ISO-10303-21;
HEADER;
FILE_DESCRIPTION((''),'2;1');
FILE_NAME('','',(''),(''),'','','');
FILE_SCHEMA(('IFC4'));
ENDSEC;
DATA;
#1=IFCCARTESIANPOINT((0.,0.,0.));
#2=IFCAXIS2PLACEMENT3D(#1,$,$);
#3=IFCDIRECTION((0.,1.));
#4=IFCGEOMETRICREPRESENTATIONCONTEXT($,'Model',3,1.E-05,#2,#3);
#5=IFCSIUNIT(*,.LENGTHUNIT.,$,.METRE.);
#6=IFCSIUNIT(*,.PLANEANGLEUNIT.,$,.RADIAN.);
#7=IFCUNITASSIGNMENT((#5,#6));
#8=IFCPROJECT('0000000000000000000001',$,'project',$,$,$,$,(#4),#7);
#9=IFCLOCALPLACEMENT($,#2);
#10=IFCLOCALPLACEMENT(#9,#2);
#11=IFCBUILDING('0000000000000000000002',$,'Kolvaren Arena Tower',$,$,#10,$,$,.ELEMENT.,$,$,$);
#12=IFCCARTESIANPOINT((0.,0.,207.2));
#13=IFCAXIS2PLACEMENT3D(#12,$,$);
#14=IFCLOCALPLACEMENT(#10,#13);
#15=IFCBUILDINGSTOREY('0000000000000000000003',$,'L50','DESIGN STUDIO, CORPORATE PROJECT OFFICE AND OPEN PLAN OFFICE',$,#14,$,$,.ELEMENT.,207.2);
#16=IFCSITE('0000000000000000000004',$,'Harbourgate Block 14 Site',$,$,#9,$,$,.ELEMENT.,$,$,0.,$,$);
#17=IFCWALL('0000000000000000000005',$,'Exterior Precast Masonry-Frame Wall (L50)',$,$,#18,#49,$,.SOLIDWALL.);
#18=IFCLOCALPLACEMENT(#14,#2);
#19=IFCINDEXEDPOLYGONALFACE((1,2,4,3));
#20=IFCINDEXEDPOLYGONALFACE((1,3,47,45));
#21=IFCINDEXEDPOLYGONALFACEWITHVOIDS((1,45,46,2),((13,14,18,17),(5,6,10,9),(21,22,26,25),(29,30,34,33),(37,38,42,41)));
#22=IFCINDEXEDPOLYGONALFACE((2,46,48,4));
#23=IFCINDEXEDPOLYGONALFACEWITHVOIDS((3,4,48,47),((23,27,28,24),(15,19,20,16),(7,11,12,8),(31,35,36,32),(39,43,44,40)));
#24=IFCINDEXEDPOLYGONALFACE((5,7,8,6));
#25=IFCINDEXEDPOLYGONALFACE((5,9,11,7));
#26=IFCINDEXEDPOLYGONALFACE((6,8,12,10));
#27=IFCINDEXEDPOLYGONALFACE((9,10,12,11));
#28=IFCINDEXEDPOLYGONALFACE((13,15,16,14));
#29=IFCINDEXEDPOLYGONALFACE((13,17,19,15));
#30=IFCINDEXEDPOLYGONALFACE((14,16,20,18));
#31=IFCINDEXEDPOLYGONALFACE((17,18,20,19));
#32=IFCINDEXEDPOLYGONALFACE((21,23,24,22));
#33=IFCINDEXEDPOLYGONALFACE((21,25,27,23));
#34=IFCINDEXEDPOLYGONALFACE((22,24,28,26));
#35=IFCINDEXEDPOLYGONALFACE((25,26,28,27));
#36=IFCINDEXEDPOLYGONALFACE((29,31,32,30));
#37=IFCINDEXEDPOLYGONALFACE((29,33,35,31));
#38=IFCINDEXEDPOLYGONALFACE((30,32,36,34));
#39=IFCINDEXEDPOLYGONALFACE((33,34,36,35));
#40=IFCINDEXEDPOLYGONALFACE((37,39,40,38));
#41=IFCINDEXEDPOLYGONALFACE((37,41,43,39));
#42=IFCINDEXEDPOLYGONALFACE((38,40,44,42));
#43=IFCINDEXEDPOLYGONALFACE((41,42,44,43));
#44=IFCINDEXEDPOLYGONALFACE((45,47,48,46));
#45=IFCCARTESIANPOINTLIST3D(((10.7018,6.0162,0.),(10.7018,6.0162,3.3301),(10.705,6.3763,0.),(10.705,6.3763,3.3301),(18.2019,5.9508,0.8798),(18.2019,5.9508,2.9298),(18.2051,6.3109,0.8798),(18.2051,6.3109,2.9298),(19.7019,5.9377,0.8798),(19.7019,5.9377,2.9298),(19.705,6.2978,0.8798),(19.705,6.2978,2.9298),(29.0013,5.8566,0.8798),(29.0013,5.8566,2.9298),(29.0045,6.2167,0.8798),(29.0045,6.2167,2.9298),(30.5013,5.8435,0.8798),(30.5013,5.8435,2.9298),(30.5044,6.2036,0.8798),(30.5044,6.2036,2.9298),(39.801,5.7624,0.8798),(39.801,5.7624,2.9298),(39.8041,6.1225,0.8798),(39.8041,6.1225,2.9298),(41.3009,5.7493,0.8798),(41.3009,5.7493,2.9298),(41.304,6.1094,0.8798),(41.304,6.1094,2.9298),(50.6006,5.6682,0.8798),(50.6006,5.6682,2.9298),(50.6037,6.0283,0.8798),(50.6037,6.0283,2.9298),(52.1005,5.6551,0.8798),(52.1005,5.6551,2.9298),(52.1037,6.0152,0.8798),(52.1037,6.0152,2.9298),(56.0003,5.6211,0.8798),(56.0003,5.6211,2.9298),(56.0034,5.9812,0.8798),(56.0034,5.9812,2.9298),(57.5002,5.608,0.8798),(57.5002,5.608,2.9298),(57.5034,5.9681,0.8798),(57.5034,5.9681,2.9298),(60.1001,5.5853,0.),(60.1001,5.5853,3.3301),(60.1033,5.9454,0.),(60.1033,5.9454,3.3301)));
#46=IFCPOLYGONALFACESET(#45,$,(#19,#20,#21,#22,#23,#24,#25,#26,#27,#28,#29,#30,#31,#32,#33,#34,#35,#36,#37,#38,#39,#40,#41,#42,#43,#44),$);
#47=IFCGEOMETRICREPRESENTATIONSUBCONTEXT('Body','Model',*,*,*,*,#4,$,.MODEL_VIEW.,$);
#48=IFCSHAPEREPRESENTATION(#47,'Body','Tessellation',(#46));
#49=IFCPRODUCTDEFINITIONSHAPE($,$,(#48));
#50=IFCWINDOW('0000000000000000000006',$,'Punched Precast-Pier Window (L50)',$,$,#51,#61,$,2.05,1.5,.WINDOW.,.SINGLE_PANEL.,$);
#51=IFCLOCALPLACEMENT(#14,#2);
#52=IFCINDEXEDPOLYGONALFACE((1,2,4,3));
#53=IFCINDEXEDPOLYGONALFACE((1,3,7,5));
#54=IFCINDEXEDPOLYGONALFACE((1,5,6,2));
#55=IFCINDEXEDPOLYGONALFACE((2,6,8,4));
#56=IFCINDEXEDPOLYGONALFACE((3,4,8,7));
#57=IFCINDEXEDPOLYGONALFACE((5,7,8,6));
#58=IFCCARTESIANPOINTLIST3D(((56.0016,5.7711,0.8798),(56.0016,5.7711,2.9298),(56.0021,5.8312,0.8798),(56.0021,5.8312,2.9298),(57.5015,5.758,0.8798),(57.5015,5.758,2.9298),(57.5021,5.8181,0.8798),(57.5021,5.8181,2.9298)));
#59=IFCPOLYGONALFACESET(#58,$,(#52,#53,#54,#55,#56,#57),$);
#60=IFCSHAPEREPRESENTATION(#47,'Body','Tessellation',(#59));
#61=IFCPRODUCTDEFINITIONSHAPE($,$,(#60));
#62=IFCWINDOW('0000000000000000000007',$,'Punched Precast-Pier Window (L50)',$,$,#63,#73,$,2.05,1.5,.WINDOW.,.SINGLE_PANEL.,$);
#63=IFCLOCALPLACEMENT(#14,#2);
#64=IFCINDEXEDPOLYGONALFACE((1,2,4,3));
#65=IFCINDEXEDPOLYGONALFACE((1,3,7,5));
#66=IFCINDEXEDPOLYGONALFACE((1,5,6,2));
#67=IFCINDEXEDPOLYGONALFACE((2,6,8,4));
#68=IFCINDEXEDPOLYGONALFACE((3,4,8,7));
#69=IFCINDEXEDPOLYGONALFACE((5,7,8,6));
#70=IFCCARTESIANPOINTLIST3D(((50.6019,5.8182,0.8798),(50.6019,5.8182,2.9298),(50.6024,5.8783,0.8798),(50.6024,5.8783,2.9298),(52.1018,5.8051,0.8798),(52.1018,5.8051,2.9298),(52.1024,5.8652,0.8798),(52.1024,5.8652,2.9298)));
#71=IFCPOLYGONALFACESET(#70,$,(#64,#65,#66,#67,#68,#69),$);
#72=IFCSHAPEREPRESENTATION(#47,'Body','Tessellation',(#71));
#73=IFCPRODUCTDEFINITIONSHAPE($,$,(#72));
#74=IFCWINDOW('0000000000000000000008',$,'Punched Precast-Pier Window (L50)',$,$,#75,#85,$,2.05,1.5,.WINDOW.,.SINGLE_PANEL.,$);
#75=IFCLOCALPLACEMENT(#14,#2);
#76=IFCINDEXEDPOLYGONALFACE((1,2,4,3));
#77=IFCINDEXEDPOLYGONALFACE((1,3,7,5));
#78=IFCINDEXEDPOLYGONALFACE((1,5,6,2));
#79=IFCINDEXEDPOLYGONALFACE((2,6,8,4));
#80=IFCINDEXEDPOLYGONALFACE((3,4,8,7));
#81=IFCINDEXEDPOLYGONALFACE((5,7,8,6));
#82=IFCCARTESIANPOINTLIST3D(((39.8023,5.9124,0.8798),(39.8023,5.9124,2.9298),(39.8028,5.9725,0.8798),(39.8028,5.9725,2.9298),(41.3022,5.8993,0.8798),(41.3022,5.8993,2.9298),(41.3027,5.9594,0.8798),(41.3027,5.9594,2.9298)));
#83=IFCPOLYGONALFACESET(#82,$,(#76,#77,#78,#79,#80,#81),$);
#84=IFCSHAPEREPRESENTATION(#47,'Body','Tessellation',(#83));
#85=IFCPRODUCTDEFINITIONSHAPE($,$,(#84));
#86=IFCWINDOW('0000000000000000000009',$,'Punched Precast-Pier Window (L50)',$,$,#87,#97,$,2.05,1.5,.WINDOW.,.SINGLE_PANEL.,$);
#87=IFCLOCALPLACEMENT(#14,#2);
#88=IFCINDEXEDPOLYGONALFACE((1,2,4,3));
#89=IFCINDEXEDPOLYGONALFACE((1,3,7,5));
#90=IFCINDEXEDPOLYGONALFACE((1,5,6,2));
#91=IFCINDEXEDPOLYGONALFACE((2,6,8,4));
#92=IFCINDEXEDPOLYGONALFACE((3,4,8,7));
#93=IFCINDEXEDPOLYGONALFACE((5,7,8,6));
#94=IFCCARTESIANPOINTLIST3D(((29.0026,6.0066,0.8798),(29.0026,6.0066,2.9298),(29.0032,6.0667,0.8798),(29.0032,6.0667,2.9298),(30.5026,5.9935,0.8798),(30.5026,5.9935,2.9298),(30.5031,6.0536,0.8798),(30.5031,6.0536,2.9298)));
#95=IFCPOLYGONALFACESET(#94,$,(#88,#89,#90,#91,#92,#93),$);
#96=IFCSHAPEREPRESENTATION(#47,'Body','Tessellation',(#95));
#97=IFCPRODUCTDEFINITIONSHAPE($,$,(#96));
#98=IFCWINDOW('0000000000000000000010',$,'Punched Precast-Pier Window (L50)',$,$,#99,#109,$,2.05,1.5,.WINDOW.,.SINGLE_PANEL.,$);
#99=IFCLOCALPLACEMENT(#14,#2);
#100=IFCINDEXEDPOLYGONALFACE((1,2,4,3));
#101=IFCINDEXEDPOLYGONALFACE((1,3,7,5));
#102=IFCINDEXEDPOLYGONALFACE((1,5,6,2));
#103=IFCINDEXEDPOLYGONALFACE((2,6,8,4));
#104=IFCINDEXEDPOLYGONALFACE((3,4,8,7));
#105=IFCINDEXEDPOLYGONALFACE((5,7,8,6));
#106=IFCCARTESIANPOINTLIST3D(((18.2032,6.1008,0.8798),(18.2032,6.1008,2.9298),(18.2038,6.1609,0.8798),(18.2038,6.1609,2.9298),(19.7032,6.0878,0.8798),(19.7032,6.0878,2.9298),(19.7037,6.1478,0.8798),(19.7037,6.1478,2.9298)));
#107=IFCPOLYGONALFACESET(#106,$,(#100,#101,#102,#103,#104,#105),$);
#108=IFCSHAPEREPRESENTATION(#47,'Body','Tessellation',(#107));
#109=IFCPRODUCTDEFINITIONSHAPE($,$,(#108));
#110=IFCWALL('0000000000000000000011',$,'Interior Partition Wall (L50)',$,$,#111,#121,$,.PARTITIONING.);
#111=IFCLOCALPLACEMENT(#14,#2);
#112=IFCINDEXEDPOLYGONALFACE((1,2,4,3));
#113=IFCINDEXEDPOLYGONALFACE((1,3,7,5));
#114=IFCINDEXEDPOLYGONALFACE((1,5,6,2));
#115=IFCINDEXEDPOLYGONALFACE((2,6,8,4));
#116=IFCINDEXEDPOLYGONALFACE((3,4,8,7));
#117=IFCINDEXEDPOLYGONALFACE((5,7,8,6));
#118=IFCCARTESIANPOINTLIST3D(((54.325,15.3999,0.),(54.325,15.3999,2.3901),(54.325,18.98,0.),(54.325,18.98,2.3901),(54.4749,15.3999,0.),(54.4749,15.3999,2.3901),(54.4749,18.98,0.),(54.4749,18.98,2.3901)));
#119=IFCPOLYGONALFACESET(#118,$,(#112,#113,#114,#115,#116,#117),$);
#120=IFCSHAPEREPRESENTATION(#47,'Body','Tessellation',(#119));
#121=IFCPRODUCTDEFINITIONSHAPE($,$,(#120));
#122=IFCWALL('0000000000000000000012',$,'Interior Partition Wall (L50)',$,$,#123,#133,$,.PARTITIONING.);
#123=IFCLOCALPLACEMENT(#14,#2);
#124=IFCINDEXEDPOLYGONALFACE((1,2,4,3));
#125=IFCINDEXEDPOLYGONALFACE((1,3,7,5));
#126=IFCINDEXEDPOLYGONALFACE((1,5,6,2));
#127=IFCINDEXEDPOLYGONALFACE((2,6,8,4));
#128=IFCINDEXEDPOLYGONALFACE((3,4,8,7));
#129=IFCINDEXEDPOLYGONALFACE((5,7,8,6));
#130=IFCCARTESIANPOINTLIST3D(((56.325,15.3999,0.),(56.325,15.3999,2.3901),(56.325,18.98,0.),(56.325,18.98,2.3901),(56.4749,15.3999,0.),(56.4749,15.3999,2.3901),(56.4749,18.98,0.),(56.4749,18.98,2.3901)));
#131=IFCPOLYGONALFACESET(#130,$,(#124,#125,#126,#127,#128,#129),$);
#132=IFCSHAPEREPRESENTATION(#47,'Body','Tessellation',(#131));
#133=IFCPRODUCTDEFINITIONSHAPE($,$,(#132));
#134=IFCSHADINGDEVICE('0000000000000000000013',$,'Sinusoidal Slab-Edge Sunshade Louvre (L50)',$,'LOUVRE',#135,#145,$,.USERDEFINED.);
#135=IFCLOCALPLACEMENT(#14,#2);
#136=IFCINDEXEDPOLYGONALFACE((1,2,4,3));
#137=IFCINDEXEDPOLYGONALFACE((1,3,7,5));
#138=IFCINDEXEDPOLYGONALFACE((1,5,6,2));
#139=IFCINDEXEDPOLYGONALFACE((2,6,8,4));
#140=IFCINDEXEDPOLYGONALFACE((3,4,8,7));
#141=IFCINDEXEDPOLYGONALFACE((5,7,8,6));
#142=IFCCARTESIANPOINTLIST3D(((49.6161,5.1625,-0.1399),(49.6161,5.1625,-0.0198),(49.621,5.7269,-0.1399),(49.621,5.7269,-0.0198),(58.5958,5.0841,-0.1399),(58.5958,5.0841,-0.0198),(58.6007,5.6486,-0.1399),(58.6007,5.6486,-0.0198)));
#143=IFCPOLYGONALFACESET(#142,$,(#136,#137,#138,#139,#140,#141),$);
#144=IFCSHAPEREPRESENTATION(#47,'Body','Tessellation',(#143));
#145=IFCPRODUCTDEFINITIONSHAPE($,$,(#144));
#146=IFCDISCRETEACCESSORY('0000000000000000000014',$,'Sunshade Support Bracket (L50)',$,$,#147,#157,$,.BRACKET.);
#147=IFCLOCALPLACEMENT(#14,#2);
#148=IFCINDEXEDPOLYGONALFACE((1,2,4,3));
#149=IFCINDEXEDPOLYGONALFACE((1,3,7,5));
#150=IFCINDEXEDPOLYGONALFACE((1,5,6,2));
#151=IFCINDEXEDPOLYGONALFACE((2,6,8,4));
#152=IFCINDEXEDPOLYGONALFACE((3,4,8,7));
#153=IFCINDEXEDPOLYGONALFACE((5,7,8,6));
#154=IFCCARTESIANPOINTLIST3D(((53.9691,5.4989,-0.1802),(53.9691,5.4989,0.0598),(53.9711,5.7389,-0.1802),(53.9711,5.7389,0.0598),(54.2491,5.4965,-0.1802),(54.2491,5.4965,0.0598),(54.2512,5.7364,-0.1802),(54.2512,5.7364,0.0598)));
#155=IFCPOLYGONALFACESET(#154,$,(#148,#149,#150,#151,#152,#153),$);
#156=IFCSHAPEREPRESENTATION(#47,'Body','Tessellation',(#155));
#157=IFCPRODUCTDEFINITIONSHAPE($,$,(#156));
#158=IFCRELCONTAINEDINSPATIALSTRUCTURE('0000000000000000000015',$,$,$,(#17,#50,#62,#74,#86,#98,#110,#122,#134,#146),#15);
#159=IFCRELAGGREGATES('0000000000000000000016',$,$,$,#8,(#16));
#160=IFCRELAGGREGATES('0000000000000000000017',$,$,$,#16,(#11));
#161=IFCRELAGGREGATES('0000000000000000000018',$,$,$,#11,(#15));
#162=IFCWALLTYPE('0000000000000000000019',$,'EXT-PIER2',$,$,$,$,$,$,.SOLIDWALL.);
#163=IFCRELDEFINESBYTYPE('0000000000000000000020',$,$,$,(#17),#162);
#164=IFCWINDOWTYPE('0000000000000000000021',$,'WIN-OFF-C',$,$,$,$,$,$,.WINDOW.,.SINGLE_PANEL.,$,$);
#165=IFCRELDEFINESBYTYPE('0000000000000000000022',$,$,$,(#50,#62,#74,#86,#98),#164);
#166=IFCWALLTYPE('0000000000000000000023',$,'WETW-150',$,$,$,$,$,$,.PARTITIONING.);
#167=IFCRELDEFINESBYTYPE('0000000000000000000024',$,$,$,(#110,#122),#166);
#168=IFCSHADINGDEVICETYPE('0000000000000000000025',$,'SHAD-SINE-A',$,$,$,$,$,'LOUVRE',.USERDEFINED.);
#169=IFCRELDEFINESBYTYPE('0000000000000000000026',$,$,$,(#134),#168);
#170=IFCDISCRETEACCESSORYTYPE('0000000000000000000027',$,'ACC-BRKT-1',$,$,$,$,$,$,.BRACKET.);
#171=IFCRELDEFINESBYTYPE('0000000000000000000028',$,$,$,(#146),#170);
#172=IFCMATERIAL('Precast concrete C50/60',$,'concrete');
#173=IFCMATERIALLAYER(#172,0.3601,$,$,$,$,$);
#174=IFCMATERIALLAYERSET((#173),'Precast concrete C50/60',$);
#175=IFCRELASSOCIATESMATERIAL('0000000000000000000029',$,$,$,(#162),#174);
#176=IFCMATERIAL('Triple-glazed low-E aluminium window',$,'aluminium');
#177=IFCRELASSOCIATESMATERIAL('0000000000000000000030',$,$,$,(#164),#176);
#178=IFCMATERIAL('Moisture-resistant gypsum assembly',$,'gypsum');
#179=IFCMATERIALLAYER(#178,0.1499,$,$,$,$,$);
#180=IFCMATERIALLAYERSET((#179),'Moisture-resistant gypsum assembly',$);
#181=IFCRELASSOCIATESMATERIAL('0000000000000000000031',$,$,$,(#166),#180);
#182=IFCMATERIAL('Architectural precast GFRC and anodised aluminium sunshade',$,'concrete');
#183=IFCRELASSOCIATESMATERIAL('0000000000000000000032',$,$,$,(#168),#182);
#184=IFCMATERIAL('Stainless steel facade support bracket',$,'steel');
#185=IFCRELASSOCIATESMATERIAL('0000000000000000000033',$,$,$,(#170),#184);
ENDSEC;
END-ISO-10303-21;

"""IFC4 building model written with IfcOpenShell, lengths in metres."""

from ifc_helpers import new_model, si_unit, direction, frame, frame_2d, origin, origin_2d, place, context, subcontext, project, spatial, rectangle, extrude, material, layer, layer_set, type_object, element, fill, save


model = new_model("IFC4")

# Units and contexts
model_context = context("Model", 3, precision=1e-05, world=origin(), true_north=direction((0.0, 1.0)))
body_context = subcontext(model_context, "Body", "Model", "MODEL_VIEW")
ifc_project = project(units=[si_unit("LENGTHUNIT", "METRE"), si_unit("PLANEANGLEUNIT", "RADIAN")], contexts=[model_context])

# Site, building, storey
site_placement = place(None, origin())
site = spatial("IfcSite", under=ifc_project, at=site_placement, Name="Harbourgate Block 14 Site", CompositionType="ELEMENT", RefElevation=0.0)
building_placement = place(site_placement, origin())
building = spatial("IfcBuilding", under=site, at=building_placement, Name="Kolvaren Arena Tower", CompositionType="ELEMENT")
storey_placement = place(building_placement, frame((0.0, 0.0, 207.2)))
storey = spatial("IfcBuildingStorey", under=building, at=storey_placement, Name="L50", Description="DESIGN STUDIO, CORPORATE PROJECT OFFICE AND OPEN PLAN OFFICE", CompositionType="ELEMENT", Elevation=207.2)

# Shared definitions
ifc_material_1 = material(Name="Precast concrete C50/60", Category="concrete")
ifc_layer_1 = layer(ifc_material_1, 0.3601)
ifc_layer_set_1 = layer_set([ifc_layer_1], Name="Precast concrete C50/60")
wall_type_1 = type_object("IfcWallType", Name="EXT-PIER2", PredefinedType="SOLIDWALL", material=ifc_layer_set_1)

# Wall, openings, windows
wall_1_placement = place(storey_placement, frame((60.1018, 5.7654, 0.0), z_axis=(0.0, 0.0, 1.0), x_axis=(-0.999962, 0.008723, 0.0)))
wall_1 = element("IfcWall", 1, at=wall_1_placement, inside=storey, type_object=wall_type_1, Name="Exterior Precast Masonry-Frame Wall (L50)", PredefinedType="SOLIDWALL", context=body_context, shape_type="SweptSolid", body=[
    extrude(rectangle(XDim=49.4001, YDim=0.3601, at=frame_2d((24.7002, 0.0))), origin(), (0.0, 0.0, 1.0), 3.3301),
])
opening_1_placement = place(wall_1_placement, frame((2.6001, 0.0, 0.8799)))
opening_1 = element("IfcOpeningElement", 2, at=opening_1_placement, cuts=wall_1, PredefinedType="OPENING", context=body_context, shape_type="SweptSolid", body=[
    extrude(rectangle(XDim=1.5, YDim=2.05, at=frame_2d((0.75, 1.0249))), frame((0.0, 0.1899, 0.0), z_axis=(0.0, -1.0, 0.0), x_axis=(1.0, 0.0, 0.0)), (0.0, 0.0, 1.0), 0.3801),
])
opening_2_placement = place(wall_1_placement, frame((8.0, 0.0, 0.8799)))
opening_2 = element("IfcOpeningElement", 3, at=opening_2_placement, cuts=wall_1, PredefinedType="OPENING", context=body_context, shape_type="SweptSolid", body=[
    extrude(rectangle(XDim=1.5, YDim=2.05, at=frame_2d((0.75, 1.0249))), frame((0.0, 0.1899, 0.0), z_axis=(0.0, -1.0, 0.0), x_axis=(1.0, 0.0, 0.0)), (0.0, 0.0, 1.0), 0.3801),
])
opening_3_placement = place(wall_1_placement, frame((18.8, 0.0, 0.8799)))
opening_3 = element("IfcOpeningElement", 4, at=opening_3_placement, cuts=wall_1, PredefinedType="OPENING", context=body_context, shape_type="SweptSolid", body=[
    extrude(rectangle(XDim=1.5, YDim=2.05, at=frame_2d((0.75, 1.0249))), frame((0.0, 0.1899, 0.0), z_axis=(0.0, -1.0, 0.0), x_axis=(1.0, 0.0, 0.0)), (0.0, 0.0, 1.0), 0.3801),
])
opening_4_placement = place(wall_1_placement, frame((29.6001, 0.0, 0.8799)))
opening_4 = element("IfcOpeningElement", 5, at=opening_4_placement, cuts=wall_1, PredefinedType="OPENING", context=body_context, shape_type="SweptSolid", body=[
    extrude(rectangle(XDim=1.5, YDim=2.05, at=frame_2d((0.75, 1.0249))), frame((0.0, 0.1899, 0.0), z_axis=(0.0, -1.0, 0.0), x_axis=(1.0, 0.0, 0.0)), (0.0, 0.0, 1.0), 0.3801),
])
opening_5_placement = place(wall_1_placement, frame((40.3999, 0.0, 0.8799)))
opening_5 = element("IfcOpeningElement", 6, at=opening_5_placement, cuts=wall_1, PredefinedType="OPENING", context=body_context, shape_type="SweptSolid", body=[
    extrude(rectangle(XDim=1.5, YDim=2.05, at=frame_2d((0.75, 1.0249))), frame((0.0, 0.1899, 0.0), z_axis=(0.0, -1.0, 0.0), x_axis=(1.0, 0.0, 0.0)), (0.0, 0.0, 1.0), 0.3801),
])
ifc_material_2 = material(Name="Triple-glazed low-E aluminium window", Category="aluminium")
window_type = type_object("IfcWindowType", Name="WIN-OFF-C", PartitioningType="SINGLE_PANEL", PredefinedType="WINDOW", material=ifc_material_2)
window_1_placement = place(opening_1_placement, origin())
window_1 = element("IfcWindow", 7, at=window_1_placement, inside=storey, type_object=window_type, Name="Punched Precast-Pier Window (L50)", OverallHeight=2.05, OverallWidth=1.5, PartitioningType="SINGLE_PANEL", PredefinedType="WINDOW", context=body_context, shape_type="SweptSolid", body=[
    extrude(rectangle(XDim=1.5, YDim=2.05, at=frame_2d((0.75, 1.0249))), frame((0.0, 0.03, 0.0), z_axis=(0.0, -1.0, 0.0), x_axis=(1.0, 0.0, 0.0)), (0.0, 0.0, 1.0), 0.0601),
])
fill(opening_1, window_1)
window_2_placement = place(opening_2_placement, origin())
window_2 = element("IfcWindow", 8, at=window_2_placement, inside=storey, type_object=window_type, Name="Punched Precast-Pier Window (L50)", OverallHeight=2.05, OverallWidth=1.5, PartitioningType="SINGLE_PANEL", PredefinedType="WINDOW", context=body_context, shape_type="SweptSolid", body=[
    extrude(rectangle(XDim=1.5, YDim=2.05, at=frame_2d((0.75, 1.0249))), frame((0.0, 0.03, 0.0), z_axis=(0.0, -1.0, 0.0), x_axis=(1.0, 0.0, 0.0)), (0.0, 0.0, 1.0), 0.0601),
])
fill(opening_2, window_2)
window_3_placement = place(opening_3_placement, origin())
window_3 = element("IfcWindow", 9, at=window_3_placement, inside=storey, type_object=window_type, Name="Punched Precast-Pier Window (L50)", OverallHeight=2.05, OverallWidth=1.5, PartitioningType="SINGLE_PANEL", PredefinedType="WINDOW", context=body_context, shape_type="SweptSolid", body=[
    extrude(rectangle(XDim=1.5, YDim=2.05, at=frame_2d((0.75, 1.0249))), frame((0.0, 0.03, 0.0), z_axis=(0.0, -1.0, 0.0), x_axis=(1.0, 0.0, 0.0)), (0.0, 0.0, 1.0), 0.0601),
])
fill(opening_3, window_3)
window_4_placement = place(opening_4_placement, origin())
window_4 = element("IfcWindow", 10, at=window_4_placement, inside=storey, type_object=window_type, Name="Punched Precast-Pier Window (L50)", OverallHeight=2.05, OverallWidth=1.5, PartitioningType="SINGLE_PANEL", PredefinedType="WINDOW", context=body_context, shape_type="SweptSolid", body=[
    extrude(rectangle(XDim=1.5, YDim=2.05, at=frame_2d((0.75, 1.0249))), frame((0.0, 0.03, 0.0), z_axis=(0.0, -1.0, 0.0), x_axis=(1.0, 0.0, 0.0)), (0.0, 0.0, 1.0), 0.0601),
])
fill(opening_4, window_4)
window_5_placement = place(opening_5_placement, origin())
window_5 = element("IfcWindow", 11, at=window_5_placement, inside=storey, type_object=window_type, Name="Punched Precast-Pier Window (L50)", OverallHeight=2.05, OverallWidth=1.5, PartitioningType="SINGLE_PANEL", PredefinedType="WINDOW", context=body_context, shape_type="SweptSolid", body=[
    extrude(rectangle(XDim=1.5, YDim=2.05, at=frame_2d((0.75, 1.0249))), frame((0.0, 0.03, 0.0), z_axis=(0.0, -1.0, 0.0), x_axis=(1.0, 0.0, 0.0)), (0.0, 0.0, 1.0), 0.0601),
])
fill(opening_5, window_5)

# Walls
ifc_material_3 = material(Name="Moisture-resistant gypsum assembly", Category="gypsum")
ifc_layer_2 = layer(ifc_material_3, 0.1499)
ifc_layer_set_2 = layer_set([ifc_layer_2], Name="Moisture-resistant gypsum assembly")
wall_type_2 = type_object("IfcWallType", Name="WETW-150", PredefinedType="PARTITIONING", material=ifc_layer_set_2)
for number, where, z_axis, x_axis, name in (
    (12, (54.3999, 15.3999, 0.0), (0.0, 0.0, 1.0), (0.0, 1.0, 0.0), "Interior Partition Wall (L50)"),
    (13, (56.3999, 15.3999, 0.0), (0.0, 0.0, 1.0), (0.0, 1.0, 0.0), "Interior Partition Wall (L50)"),
):
    element("IfcWall", number, at=place(storey_placement, frame(where, z_axis=z_axis, x_axis=x_axis)), inside=storey, type_object=wall_type_2, Name=name, PredefinedType="PARTITIONING", context=body_context, shape_type="SweptSolid", body=[
        extrude(rectangle(XDim=3.5801, YDim=0.1499, at=frame_2d((1.79, 0.0))), origin(), (0.0, 0.0, 1.0), 2.3901),
    ])

# Shading device
ifc_material_4 = material(Name="Architectural precast GFRC and anodised aluminium sunshade", Category="concrete")
shading_device_type = type_object("IfcShadingDeviceType", Name="SHAD-SINE-A", ElementType="LOUVRE", PredefinedType="USERDEFINED", material=ifc_material_4)
shading_device_placement = place(storey_placement, frame((54.1084, 5.4055, -0.1399), z_axis=(0.0, 0.0, 1.0), x_axis=(-0.999962, 0.008727, 0.0)))
element("IfcShadingDevice", 14, at=shading_device_placement, inside=storey, type_object=shading_device_type, Name="Sinusoidal Slab-Edge Sunshade Louvre (L50)", ObjectType="LOUVRE", PredefinedType="USERDEFINED", context=body_context, shape_type="SweptSolid", body=[
    extrude(rectangle(XDim=8.98, YDim=0.5645, at=origin_2d()), origin(), (0.0, 0.0, 1.0), 0.1201),
])

# Discrete accessory
ifc_material_5 = material(Name="Stainless steel facade support bracket", Category="steel")
discrete_accessory_type = type_object("IfcDiscreteAccessoryType", Name="ACC-BRKT-1", PredefinedType="BRACKET", material=ifc_material_5)
discrete_accessory_placement = place(storey_placement, frame((54.1101, 5.6177, -0.1802), z_axis=(0.0, 0.0, 1.0), x_axis=(-0.999962, 0.008727, 0.0)))
element("IfcDiscreteAccessory", 15, at=discrete_accessory_placement, inside=storey, type_object=discrete_accessory_type, Name="Sunshade Support Bracket (L50)", PredefinedType="BRACKET", context=body_context, shape_type="SweptSolid", body=[
    extrude(rectangle(XDim=0.28, YDim=0.24, at=origin_2d()), origin(), (0.0, 0.0, 1.0), 0.24),
])

save(model, "model.ifc")
